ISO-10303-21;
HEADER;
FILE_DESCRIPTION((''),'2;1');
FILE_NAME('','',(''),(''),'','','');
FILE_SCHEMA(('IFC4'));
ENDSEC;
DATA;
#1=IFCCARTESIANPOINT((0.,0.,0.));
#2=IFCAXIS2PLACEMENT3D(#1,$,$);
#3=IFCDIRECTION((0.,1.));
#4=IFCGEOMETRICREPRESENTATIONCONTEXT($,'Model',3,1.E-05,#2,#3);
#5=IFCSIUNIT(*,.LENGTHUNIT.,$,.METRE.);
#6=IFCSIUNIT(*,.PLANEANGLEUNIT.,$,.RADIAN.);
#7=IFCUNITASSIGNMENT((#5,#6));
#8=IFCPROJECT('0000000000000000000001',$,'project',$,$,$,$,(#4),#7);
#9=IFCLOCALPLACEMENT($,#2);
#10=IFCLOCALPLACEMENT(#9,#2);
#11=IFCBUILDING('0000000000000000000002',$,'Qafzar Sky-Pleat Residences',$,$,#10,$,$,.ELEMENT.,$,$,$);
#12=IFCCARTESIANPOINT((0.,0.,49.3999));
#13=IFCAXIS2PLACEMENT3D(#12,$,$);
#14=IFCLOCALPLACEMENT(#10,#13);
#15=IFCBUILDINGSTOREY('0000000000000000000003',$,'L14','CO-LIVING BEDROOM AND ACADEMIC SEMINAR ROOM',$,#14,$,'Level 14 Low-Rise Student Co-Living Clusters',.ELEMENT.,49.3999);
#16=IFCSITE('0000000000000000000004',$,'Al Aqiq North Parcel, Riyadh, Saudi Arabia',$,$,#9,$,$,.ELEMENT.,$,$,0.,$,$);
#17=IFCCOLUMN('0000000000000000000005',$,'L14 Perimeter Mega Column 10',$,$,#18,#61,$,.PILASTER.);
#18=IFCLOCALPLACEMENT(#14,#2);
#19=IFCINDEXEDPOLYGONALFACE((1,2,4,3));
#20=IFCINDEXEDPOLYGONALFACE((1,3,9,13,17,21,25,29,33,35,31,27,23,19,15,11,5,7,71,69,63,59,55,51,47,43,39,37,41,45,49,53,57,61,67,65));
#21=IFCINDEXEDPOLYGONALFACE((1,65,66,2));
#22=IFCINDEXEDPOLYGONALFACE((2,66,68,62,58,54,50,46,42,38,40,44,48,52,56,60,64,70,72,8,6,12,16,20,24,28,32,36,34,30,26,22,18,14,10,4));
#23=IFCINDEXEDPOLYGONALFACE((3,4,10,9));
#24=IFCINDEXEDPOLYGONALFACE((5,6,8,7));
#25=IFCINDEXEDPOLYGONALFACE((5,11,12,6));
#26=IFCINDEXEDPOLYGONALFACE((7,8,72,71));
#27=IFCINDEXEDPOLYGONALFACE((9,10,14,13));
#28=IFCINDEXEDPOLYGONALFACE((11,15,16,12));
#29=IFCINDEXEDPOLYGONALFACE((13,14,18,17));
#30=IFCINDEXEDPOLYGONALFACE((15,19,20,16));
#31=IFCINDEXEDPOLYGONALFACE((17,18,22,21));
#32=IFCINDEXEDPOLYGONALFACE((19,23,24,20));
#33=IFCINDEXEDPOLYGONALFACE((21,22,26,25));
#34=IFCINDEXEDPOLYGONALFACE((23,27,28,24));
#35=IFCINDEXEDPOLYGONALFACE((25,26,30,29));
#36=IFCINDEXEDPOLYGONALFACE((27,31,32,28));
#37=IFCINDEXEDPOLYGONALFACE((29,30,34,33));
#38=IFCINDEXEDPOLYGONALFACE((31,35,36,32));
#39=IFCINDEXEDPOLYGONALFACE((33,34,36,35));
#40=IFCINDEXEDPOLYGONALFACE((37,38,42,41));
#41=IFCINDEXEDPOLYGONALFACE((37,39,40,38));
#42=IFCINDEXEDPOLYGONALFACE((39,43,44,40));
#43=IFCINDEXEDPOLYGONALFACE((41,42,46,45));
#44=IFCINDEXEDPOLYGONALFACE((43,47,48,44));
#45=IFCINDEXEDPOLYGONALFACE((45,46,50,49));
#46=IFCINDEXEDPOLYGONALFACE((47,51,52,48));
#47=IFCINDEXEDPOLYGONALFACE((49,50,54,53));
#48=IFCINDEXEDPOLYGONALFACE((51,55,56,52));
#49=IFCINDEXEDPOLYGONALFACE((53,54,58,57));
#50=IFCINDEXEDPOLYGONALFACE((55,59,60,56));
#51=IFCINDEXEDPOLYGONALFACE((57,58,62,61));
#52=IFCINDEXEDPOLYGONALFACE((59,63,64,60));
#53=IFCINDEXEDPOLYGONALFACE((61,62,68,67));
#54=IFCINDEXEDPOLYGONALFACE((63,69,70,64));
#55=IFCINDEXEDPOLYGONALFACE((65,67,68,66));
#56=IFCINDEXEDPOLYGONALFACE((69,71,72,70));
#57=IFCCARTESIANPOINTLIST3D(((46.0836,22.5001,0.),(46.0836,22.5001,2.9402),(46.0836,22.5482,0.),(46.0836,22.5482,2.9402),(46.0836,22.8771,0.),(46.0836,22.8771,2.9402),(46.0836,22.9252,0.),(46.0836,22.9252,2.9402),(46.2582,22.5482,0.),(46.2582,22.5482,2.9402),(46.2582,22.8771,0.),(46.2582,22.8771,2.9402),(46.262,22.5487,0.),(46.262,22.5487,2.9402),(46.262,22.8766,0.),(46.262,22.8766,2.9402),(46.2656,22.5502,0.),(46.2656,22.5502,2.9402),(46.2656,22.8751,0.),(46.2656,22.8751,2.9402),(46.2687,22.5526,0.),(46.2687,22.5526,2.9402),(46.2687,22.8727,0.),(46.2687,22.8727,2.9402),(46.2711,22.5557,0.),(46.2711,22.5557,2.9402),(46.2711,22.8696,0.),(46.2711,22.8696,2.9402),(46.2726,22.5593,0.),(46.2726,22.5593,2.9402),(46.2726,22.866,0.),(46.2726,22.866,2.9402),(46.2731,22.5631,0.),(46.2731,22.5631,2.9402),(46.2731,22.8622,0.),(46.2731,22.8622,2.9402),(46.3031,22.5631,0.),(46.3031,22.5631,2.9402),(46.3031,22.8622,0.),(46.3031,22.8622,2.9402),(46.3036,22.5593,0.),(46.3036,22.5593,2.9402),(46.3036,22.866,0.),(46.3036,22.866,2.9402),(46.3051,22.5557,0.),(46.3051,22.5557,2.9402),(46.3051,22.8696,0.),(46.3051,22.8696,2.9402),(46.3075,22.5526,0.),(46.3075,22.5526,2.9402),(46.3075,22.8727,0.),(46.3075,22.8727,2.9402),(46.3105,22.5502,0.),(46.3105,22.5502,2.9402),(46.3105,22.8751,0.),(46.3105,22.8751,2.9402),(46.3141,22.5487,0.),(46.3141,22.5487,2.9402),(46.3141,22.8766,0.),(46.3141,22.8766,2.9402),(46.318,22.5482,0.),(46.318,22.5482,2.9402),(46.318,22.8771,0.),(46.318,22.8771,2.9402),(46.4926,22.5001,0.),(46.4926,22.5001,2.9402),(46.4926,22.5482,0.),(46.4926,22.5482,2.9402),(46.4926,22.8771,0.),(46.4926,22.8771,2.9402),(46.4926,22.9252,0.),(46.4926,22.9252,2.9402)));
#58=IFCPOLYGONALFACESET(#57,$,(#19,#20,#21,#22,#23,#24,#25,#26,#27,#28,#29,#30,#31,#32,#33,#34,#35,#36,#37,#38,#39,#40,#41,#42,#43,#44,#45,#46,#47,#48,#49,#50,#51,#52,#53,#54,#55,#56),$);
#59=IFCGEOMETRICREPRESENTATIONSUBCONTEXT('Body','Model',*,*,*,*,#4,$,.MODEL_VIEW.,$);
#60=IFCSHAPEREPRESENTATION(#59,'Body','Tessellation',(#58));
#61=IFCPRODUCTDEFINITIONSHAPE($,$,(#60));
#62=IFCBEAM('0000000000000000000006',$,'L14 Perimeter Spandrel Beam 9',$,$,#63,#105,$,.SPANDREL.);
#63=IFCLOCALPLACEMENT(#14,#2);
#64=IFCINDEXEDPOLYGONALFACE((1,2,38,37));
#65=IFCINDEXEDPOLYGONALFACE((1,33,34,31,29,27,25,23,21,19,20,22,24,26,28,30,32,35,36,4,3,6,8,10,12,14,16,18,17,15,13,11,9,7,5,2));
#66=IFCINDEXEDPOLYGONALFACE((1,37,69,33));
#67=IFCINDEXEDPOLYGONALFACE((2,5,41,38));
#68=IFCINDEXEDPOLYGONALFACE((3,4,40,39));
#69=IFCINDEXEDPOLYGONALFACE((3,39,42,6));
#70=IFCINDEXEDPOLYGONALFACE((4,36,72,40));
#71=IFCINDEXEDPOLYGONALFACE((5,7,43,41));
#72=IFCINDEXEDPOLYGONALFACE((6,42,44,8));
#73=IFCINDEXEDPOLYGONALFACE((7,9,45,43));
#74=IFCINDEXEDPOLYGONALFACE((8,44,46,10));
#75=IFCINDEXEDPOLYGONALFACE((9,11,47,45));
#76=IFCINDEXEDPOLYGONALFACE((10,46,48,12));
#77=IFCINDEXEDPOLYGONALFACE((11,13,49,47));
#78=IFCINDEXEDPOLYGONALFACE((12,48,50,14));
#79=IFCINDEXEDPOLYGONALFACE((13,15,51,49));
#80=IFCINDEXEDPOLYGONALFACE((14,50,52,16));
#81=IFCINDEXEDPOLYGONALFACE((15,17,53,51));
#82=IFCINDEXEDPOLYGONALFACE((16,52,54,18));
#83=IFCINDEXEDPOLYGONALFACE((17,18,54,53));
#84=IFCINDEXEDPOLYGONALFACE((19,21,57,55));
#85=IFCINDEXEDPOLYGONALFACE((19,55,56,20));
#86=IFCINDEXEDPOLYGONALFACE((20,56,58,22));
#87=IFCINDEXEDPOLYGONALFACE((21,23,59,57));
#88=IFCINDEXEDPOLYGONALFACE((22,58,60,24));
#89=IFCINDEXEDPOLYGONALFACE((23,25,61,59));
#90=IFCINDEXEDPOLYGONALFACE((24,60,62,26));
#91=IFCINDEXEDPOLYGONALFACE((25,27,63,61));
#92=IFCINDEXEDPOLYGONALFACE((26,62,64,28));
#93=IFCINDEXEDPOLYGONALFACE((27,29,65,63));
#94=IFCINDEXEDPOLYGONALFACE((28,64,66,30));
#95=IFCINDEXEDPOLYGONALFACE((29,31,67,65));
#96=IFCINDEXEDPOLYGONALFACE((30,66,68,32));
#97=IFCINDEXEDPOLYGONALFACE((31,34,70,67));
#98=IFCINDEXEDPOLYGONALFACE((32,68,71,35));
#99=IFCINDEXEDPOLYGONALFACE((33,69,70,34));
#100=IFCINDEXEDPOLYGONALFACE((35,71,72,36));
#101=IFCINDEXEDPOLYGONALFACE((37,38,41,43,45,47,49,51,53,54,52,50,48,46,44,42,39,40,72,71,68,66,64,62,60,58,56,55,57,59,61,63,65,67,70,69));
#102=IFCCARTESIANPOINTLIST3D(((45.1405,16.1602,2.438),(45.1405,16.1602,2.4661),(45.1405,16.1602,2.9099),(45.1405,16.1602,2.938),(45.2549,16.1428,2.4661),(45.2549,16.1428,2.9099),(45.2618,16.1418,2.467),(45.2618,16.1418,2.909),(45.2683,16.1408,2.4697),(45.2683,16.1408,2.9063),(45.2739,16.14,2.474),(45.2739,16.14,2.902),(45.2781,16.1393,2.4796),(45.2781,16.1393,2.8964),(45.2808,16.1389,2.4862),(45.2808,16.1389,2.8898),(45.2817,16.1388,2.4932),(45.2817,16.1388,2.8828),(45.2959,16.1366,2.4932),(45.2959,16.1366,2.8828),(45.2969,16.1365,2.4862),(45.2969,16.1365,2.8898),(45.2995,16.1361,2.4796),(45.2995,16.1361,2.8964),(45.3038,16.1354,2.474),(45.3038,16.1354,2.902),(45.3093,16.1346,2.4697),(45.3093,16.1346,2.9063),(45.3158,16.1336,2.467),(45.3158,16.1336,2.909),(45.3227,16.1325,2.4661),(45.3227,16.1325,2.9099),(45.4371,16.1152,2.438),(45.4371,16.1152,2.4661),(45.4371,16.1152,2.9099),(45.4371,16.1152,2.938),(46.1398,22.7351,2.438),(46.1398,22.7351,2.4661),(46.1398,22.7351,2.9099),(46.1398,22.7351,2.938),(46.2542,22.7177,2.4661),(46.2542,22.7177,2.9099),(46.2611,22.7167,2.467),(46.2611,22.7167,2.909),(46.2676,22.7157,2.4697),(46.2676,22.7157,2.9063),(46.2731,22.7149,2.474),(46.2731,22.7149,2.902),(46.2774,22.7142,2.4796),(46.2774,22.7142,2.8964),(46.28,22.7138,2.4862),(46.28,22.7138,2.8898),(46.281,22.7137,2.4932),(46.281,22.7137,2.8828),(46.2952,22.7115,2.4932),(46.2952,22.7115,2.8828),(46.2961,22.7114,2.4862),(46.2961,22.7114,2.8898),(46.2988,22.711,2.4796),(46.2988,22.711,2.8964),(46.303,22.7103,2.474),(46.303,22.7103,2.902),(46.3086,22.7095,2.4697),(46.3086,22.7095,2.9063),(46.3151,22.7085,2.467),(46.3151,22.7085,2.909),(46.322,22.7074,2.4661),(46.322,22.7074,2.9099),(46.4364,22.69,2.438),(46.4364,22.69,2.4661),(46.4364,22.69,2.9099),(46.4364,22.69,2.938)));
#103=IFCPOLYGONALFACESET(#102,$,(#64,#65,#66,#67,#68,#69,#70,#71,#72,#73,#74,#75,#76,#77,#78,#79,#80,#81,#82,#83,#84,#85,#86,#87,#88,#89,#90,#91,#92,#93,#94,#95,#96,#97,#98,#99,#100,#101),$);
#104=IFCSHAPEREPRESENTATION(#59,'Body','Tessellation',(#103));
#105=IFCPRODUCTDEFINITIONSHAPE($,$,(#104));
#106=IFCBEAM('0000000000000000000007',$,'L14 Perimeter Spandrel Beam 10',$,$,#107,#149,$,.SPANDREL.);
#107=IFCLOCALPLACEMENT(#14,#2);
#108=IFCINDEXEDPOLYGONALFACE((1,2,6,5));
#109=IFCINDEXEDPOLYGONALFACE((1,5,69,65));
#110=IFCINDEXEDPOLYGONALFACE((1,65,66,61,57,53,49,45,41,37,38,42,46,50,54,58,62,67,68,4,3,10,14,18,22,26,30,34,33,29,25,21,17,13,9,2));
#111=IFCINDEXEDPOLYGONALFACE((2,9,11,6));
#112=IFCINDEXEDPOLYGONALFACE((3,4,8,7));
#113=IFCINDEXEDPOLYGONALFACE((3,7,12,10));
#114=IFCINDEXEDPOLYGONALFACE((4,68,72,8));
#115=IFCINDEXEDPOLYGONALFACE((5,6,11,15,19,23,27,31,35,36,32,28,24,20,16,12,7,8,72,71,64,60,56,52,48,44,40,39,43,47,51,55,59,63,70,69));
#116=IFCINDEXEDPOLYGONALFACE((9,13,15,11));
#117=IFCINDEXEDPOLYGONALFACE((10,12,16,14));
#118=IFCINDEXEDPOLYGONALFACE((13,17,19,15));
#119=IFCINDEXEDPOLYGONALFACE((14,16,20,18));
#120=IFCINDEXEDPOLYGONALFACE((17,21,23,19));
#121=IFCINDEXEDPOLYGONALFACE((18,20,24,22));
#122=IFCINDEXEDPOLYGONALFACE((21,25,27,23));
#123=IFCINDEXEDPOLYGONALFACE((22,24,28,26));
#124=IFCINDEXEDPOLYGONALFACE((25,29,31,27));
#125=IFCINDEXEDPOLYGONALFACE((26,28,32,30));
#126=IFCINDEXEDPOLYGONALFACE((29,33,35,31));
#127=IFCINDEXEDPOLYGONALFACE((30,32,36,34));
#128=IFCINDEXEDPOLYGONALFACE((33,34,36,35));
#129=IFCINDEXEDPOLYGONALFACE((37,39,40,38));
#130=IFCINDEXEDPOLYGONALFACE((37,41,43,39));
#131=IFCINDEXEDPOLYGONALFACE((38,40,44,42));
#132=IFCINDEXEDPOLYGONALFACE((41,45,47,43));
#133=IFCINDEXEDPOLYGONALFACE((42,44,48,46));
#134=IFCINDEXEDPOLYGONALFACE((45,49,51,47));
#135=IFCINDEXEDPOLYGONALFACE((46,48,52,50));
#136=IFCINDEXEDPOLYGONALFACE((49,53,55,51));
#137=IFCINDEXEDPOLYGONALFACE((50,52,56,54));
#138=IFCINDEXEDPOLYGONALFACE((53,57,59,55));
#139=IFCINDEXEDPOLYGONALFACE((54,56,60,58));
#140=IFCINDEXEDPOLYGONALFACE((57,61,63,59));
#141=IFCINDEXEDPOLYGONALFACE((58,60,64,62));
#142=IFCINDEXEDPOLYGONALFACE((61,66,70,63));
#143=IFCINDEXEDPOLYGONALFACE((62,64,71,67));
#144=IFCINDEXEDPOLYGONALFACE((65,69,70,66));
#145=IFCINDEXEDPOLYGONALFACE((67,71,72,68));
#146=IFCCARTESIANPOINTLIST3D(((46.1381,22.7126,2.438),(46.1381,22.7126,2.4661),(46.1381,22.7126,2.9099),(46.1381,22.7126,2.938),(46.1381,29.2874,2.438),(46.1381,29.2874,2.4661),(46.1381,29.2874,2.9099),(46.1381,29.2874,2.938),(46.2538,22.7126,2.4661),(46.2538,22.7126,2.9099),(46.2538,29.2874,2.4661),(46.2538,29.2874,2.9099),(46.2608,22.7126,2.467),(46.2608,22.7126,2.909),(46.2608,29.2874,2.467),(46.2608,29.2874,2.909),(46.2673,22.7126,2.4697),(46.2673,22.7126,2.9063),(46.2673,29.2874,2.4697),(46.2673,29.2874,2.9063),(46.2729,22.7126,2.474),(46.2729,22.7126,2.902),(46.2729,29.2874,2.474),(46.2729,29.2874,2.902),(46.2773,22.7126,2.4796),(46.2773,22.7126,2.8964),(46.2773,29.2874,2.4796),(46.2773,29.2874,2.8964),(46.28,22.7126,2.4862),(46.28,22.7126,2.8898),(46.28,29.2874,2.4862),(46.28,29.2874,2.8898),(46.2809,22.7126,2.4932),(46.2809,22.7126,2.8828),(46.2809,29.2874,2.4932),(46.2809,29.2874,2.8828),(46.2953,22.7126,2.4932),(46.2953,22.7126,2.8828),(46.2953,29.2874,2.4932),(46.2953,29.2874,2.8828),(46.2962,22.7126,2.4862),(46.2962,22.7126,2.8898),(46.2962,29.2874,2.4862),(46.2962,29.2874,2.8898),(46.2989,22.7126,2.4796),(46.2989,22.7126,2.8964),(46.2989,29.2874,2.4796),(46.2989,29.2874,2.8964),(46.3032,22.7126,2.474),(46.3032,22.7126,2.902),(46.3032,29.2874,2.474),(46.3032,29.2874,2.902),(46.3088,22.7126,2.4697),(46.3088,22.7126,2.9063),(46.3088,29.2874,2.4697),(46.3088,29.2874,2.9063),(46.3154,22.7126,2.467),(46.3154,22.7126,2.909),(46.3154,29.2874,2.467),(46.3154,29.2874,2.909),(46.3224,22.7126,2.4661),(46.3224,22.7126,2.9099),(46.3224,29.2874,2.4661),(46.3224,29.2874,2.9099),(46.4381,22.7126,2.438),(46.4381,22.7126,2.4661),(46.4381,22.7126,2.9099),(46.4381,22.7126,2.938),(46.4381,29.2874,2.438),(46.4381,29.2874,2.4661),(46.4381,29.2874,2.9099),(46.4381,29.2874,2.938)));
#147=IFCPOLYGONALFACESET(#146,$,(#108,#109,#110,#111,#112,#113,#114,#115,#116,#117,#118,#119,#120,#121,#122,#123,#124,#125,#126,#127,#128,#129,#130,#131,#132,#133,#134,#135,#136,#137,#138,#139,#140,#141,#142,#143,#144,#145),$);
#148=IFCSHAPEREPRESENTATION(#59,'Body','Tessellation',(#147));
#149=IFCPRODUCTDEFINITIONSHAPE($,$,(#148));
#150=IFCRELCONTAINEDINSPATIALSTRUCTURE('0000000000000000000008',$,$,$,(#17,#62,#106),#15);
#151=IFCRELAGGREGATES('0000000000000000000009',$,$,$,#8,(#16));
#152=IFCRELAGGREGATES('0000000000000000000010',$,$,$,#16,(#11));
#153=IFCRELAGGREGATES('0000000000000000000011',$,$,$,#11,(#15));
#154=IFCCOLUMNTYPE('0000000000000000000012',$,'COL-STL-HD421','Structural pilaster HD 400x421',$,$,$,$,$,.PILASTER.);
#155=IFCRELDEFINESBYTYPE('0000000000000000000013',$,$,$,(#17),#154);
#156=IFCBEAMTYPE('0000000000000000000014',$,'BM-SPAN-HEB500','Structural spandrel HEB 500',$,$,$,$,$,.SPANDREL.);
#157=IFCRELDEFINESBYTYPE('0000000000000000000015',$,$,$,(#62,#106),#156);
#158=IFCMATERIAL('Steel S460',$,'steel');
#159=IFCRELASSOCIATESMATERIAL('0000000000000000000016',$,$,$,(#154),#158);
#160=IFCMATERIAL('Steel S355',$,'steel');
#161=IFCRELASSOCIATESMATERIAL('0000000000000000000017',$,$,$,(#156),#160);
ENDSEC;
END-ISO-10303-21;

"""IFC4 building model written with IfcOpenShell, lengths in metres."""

from ifc_helpers import new_model, si_unit, direction, frame, origin, origin_2d, place, context, subcontext, project, spatial, i_section, extrude, source, transform, mapped, material, material_profile, profile_set, type_object, element, save


model = new_model("IFC4")

# Units and contexts
model_context = context("Model", 3, precision=1e-05, world=origin(), true_north=direction((0.0, 1.0)))
body_context = subcontext(model_context, "Body", "Model", "MODEL_VIEW")
ifc_project = project(units=[si_unit("LENGTHUNIT", "METRE"), si_unit("PLANEANGLEUNIT", "RADIAN")], contexts=[model_context])

# Site, building, storey
site_placement = place(None, origin())
site = spatial("IfcSite", under=ifc_project, at=site_placement, Name="Al Aqiq North Parcel, Riyadh, Saudi Arabia", CompositionType="ELEMENT", RefElevation=0.0)
building_placement = place(site_placement, origin())
building = spatial("IfcBuilding", under=site, at=building_placement, Name="Qafzar Sky-Pleat Residences", CompositionType="ELEMENT")
storey_placement = place(building_placement, frame((0.0, 0.0, 49.3999)))
storey = spatial("IfcBuildingStorey", under=building, at=storey_placement, Name="L14", Description="CO-LIVING BEDROOM AND ACADEMIC SEMINAR ROOM", LongName="Level 14 Low-Rise Student Co-Living Clusters", CompositionType="ELEMENT", Elevation=49.3999)

# Column
ifc_material_1 = material(Name="Steel S460", Category="steel")
ifc_material_profile_1 = material_profile(ifc_material_1, i_section(OverallWidth=0.4089, OverallDepth=0.425, WebThickness=0.03, FlangeThickness=0.0481, FilletRadius=0.0149, at=origin_2d()), Name="HD 400x421")
ifc_profile_set_1 = profile_set([ifc_material_profile_1], Name="Steel S460")
column_type = type_object("IfcColumnType", Name="COL-STL-HD421", Description="Structural pilaster HD 400x421", PredefinedType="PILASTER", material=ifc_profile_set_1)
shared_shape_1 = source(origin(), body_context, "Body", "SweptSolid", [
    extrude(i_section(OverallWidth=0.4089, OverallDepth=0.425, WebThickness=0.03, FlangeThickness=0.0481, FilletRadius=0.0149, at=origin_2d()), origin(), (0.0, 0.0, 1.0), 2.9402),
])
column_placement = place(storey_placement, frame((46.2881, 22.7126, 0.0), z_axis=(0.0, 0.0, 1.0), x_axis=(1.0, 0.0, 0.0)))
element("IfcColumn", 1, at=column_placement, inside=storey, type_object=column_type, Name="L14 Perimeter Mega Column 10", PredefinedType="PILASTER", context=body_context, shape_type="MappedRepresentation", body=[
    mapped(shared_shape_1, transform((0.0, 0.0, 0.0), x_axis=(1.0, 0.0, 0.0), y_axis=(0.0, 1.0, 0.0), z_axis=(0.0, 0.0, 1.0), scale=1.0)),
])

# Beams
ifc_material_2 = material(Name="Steel S355", Category="steel")
ifc_material_profile_2 = material_profile(ifc_material_2, i_section(OverallWidth=0.3, OverallDepth=0.5, WebThickness=0.0144, FlangeThickness=0.0281, FilletRadius=0.0271, at=origin_2d()), Name="HEB 500")
ifc_profile_set_2 = profile_set([ifc_material_profile_2], Name="Steel S355")
beam_type_1 = type_object("IfcBeamType", Name="BM-SPAN-HEB500", Description="Structural spandrel HEB 500", PredefinedType="SPANDREL", material=ifc_profile_set_2)
shared_shape_2 = source(origin(), body_context, "Body", "SweptSolid", [
    extrude(i_section(OverallWidth=0.3, OverallDepth=0.5, WebThickness=0.0144, FlangeThickness=0.0281, FilletRadius=0.0271, at=origin_2d()), origin(), (0.0, 0.0, 1.0), 6.6504),
])
beam_1_placement = place(storey_placement, frame((45.2888, 16.1377, 2.688), z_axis=(0.150256, 0.988647, 0.0), x_axis=(-0.988647, 0.150256, 0.0)))
element("IfcBeam", 2, at=beam_1_placement, inside=storey, type_object=beam_type_1, Name="L14 Perimeter Spandrel Beam 9", PredefinedType="SPANDREL", context=body_context, shape_type="MappedRepresentation", body=[
    mapped(shared_shape_2, transform((0.0, 0.0, 0.0), x_axis=(1.0, 0.0, 0.0), y_axis=(0.0, 1.0, 0.0), z_axis=(0.0, 0.0, 1.0), scale=1.0)),
])
shared_shape_3 = source(origin(), body_context, "Body", "SweptSolid", [
    extrude(i_section(OverallWidth=0.3, OverallDepth=0.5, WebThickness=0.0144, FlangeThickness=0.0281, FilletRadius=0.0271, at=origin_2d()), origin(), (0.0, 0.0, 1.0), 6.5747),
])
beam_2_placement = place(storey_placement, frame((46.2881, 22.7126, 2.688), z_axis=(0.0, 1.0, 0.0), x_axis=(-1.0, 0.0, 0.0)))
element("IfcBeam", 3, at=beam_2_placement, inside=storey, type_object=beam_type_1, Name="L14 Perimeter Spandrel Beam 10", PredefinedType="SPANDREL", context=body_context, shape_type="MappedRepresentation", body=[
    mapped(shared_shape_3, transform((0.0, 0.0, 0.0), x_axis=(1.0, 0.0, 0.0), y_axis=(0.0, 1.0, 0.0), z_axis=(0.0, 0.0, 1.0), scale=1.0)),
])

save(model, "model.ifc")
